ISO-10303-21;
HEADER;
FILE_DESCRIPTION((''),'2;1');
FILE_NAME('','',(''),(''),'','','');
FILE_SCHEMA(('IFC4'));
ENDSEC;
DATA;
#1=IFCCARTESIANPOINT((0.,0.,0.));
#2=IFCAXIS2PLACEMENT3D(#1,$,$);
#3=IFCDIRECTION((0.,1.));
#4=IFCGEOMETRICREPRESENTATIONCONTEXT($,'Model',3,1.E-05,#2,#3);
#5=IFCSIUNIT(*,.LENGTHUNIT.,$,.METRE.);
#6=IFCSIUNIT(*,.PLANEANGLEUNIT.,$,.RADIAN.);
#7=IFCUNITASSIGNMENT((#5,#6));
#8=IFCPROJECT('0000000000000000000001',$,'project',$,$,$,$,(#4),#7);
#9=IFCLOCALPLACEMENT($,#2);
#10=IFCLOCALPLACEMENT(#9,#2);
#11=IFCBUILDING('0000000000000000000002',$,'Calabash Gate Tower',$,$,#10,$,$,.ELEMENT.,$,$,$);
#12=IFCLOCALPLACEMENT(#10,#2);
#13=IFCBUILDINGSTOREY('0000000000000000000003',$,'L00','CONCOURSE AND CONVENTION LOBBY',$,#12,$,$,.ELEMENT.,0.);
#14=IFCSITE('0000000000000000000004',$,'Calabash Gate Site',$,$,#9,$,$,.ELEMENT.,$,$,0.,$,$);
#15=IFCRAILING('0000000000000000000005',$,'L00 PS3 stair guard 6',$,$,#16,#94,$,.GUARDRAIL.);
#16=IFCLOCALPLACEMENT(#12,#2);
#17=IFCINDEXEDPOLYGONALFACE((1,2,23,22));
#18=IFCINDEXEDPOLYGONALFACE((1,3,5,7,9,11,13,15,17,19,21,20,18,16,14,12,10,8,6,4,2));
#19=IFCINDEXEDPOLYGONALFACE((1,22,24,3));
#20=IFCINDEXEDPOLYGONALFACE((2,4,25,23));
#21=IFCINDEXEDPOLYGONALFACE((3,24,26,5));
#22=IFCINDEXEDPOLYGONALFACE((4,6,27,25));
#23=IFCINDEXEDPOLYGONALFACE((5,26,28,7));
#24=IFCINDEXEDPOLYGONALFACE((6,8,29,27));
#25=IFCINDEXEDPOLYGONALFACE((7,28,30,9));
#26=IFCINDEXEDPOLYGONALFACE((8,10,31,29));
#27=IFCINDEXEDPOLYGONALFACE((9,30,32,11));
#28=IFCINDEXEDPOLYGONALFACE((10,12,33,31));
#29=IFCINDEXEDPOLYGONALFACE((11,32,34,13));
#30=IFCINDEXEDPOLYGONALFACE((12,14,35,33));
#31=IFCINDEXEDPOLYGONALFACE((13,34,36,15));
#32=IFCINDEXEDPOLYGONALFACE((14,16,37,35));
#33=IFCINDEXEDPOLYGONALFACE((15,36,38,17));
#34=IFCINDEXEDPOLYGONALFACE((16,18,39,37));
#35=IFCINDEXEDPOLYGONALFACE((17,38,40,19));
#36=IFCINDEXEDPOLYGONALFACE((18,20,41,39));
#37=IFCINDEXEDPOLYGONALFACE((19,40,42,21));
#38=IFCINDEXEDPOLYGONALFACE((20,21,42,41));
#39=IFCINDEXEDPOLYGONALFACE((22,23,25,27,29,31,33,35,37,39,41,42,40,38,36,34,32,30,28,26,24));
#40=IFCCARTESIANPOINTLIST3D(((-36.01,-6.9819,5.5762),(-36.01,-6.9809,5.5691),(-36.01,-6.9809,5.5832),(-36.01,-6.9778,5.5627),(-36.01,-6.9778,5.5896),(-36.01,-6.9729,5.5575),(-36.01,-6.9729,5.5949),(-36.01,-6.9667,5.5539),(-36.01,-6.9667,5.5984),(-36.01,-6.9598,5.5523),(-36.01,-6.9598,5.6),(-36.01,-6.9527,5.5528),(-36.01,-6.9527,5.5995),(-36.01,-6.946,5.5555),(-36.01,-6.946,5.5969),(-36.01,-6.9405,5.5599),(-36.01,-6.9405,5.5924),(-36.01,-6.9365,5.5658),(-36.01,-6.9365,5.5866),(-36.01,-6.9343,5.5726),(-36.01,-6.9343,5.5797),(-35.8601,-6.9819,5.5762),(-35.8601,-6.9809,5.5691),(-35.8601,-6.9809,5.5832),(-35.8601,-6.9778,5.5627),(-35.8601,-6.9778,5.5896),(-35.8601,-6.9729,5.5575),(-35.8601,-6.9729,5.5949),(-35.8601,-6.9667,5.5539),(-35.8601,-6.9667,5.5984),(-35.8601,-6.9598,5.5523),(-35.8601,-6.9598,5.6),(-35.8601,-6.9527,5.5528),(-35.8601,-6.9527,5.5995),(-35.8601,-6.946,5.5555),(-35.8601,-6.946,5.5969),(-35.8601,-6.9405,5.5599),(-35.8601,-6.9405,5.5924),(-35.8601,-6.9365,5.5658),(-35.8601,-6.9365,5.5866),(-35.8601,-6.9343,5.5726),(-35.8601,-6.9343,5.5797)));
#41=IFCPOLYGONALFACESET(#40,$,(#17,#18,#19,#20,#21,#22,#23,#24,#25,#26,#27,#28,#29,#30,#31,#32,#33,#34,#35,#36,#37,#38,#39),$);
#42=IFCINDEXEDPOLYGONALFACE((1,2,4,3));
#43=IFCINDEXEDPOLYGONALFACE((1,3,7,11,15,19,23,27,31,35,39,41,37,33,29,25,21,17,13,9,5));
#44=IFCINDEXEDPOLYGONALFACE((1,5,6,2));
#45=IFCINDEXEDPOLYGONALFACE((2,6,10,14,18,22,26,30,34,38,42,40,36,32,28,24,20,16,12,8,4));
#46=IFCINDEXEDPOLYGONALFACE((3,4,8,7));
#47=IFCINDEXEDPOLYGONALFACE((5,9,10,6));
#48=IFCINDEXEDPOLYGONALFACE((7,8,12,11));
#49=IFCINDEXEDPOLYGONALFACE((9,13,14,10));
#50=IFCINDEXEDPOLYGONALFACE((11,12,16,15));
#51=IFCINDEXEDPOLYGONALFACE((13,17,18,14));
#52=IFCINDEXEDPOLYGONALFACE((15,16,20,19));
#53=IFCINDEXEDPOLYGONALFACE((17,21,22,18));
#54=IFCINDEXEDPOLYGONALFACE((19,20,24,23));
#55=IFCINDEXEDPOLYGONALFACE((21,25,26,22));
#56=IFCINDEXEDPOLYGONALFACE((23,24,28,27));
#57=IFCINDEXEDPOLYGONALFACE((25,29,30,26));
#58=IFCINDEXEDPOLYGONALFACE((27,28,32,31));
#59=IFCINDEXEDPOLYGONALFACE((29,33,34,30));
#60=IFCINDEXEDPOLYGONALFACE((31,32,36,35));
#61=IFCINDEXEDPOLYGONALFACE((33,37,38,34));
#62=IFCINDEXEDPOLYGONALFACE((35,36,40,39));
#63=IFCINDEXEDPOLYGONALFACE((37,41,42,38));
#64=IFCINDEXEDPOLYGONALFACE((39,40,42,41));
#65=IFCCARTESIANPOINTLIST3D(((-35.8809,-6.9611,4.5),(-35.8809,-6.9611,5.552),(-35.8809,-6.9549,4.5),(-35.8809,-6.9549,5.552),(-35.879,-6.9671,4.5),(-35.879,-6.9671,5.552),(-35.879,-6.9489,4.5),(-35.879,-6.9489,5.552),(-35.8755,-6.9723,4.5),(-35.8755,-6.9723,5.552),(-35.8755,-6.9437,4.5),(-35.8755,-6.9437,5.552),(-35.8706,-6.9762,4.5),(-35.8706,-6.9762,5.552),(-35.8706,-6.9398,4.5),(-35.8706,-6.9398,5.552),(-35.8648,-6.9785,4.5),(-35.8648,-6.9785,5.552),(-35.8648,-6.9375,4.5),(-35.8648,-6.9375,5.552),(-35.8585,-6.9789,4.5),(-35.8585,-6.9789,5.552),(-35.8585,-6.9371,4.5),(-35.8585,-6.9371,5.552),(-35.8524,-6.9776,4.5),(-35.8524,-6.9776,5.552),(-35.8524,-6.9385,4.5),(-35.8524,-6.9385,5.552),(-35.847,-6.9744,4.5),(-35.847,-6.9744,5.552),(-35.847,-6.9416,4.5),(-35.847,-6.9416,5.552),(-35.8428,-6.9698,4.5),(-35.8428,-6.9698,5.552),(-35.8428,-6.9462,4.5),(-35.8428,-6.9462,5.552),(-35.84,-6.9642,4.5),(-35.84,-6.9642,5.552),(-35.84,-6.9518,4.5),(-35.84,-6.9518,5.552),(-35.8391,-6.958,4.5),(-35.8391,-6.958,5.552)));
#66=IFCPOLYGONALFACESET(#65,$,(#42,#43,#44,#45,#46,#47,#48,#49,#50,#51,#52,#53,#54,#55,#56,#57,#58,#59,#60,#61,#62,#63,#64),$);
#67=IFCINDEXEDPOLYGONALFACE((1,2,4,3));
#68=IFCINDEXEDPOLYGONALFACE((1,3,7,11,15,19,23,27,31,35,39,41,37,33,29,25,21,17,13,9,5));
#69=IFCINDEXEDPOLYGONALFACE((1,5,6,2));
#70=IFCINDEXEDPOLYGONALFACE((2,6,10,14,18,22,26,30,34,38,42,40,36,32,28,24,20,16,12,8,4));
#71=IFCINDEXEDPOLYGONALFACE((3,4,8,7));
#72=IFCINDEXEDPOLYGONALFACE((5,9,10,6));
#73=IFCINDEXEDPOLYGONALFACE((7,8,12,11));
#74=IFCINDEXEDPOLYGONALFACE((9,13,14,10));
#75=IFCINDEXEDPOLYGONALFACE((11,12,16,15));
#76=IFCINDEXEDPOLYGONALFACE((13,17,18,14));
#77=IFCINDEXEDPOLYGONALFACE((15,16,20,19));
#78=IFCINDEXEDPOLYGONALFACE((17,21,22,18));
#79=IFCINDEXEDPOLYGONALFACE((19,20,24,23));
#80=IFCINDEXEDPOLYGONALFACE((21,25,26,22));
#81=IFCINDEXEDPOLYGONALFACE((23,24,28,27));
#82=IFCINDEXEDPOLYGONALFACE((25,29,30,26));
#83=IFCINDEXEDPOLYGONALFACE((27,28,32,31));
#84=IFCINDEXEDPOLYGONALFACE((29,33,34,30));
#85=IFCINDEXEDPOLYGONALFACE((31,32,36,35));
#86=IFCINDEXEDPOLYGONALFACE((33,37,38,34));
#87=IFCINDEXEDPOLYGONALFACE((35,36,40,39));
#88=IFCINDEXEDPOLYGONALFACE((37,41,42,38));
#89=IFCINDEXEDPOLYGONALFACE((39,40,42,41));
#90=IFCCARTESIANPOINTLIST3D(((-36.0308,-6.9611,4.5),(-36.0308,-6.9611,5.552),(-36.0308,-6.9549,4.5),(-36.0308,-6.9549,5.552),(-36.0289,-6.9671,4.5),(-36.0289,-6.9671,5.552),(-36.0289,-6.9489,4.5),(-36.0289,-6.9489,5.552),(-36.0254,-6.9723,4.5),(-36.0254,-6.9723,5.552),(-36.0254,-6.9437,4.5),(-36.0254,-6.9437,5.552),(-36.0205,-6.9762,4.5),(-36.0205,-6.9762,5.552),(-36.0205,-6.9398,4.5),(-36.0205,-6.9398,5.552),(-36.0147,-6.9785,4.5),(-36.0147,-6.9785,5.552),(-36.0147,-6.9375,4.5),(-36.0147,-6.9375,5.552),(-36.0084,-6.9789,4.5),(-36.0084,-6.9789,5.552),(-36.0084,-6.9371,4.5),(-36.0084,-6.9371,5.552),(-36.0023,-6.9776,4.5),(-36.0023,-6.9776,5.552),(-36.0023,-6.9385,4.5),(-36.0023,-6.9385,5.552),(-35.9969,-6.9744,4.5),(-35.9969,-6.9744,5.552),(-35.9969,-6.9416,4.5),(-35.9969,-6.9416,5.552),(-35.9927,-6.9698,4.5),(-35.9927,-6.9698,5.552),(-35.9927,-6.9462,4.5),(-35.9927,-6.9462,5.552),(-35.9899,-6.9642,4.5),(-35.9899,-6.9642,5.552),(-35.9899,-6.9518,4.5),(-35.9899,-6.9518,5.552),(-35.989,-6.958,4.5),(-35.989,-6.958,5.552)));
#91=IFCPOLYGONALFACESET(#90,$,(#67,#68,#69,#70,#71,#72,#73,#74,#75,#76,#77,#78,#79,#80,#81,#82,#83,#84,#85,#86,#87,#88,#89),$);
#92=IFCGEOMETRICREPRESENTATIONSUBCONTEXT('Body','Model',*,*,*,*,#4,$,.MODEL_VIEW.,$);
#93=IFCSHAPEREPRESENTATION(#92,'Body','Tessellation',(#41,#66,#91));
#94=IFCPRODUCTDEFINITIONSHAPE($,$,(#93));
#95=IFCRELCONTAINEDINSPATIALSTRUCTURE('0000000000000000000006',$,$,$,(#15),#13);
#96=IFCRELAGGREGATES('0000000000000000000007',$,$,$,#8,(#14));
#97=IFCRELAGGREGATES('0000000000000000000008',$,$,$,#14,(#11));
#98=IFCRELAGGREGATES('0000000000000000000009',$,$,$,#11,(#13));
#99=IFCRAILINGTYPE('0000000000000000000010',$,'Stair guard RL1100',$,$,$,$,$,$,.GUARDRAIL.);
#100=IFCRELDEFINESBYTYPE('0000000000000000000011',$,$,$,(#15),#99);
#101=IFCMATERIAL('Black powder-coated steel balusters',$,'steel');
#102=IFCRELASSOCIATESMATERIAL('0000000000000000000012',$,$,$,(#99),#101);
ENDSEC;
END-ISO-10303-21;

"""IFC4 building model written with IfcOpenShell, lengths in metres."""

from ifc_helpers import new_model, si_unit, direction, frame, origin, origin_2d, place, context, subcontext, project, spatial, circle, extrude, material, type_object, element, save


model = new_model("IFC4")

# Units and contexts
model_context = context("Model", 3, precision=1e-05, world=origin(), true_north=direction((0.0, 1.0)))
body_context = subcontext(model_context, "Body", "Model", "MODEL_VIEW")
ifc_project = project(units=[si_unit("LENGTHUNIT", "METRE"), si_unit("PLANEANGLEUNIT", "RADIAN")], contexts=[model_context])

# Site, building, storey
site_placement = place(None, origin())
site = spatial("IfcSite", under=ifc_project, at=site_placement, Name="Calabash Gate Site", CompositionType="ELEMENT", RefElevation=0.0)
building_placement = place(site_placement, origin())
building = spatial("IfcBuilding", under=site, at=building_placement, Name="Calabash Gate Tower", CompositionType="ELEMENT")
storey_placement = place(building_placement, origin())
storey = spatial("IfcBuildingStorey", under=building, at=storey_placement, Name="L00", Description="CONCOURSE AND CONVENTION LOBBY", CompositionType="ELEMENT", Elevation=0.0)

# Railing
ifc_material_1 = material(Name="Black powder-coated steel balusters", Category="steel")
railing_type_1 = type_object("IfcRailingType", Name="Stair guard RL1100", PredefinedType="GUARDRAIL", material=ifc_material_1)
railing_1_placement = place(storey_placement, frame((-35.8601, -6.958, 4.5)))
element("IfcRailing", 1, at=railing_1_placement, inside=storey, type_object=railing_type_1, Name="L00 PS3 stair guard 6", PredefinedType="GUARDRAIL", context=body_context, shape_type="SweptSolid", body=[
    extrude(circle(Radius=0.0239, at=origin_2d()), frame((0.0, 0.0, 1.0762), z_axis=(-1.0, 0.0, 0.0), x_axis=(0.0, -1.0, 0.0)), (0.0, 0.0, 1.0), 0.1499),
    extrude(circle(Radius=0.021, at=origin_2d()), origin(), (0.0, 0.0, 1.0), 1.052),
    extrude(circle(Radius=0.021, at=origin_2d()), frame((-0.1499, 0.0, 0.0)), (0.0, 0.0, 1.0), 1.052),
])

save(model, "model.ifc")
